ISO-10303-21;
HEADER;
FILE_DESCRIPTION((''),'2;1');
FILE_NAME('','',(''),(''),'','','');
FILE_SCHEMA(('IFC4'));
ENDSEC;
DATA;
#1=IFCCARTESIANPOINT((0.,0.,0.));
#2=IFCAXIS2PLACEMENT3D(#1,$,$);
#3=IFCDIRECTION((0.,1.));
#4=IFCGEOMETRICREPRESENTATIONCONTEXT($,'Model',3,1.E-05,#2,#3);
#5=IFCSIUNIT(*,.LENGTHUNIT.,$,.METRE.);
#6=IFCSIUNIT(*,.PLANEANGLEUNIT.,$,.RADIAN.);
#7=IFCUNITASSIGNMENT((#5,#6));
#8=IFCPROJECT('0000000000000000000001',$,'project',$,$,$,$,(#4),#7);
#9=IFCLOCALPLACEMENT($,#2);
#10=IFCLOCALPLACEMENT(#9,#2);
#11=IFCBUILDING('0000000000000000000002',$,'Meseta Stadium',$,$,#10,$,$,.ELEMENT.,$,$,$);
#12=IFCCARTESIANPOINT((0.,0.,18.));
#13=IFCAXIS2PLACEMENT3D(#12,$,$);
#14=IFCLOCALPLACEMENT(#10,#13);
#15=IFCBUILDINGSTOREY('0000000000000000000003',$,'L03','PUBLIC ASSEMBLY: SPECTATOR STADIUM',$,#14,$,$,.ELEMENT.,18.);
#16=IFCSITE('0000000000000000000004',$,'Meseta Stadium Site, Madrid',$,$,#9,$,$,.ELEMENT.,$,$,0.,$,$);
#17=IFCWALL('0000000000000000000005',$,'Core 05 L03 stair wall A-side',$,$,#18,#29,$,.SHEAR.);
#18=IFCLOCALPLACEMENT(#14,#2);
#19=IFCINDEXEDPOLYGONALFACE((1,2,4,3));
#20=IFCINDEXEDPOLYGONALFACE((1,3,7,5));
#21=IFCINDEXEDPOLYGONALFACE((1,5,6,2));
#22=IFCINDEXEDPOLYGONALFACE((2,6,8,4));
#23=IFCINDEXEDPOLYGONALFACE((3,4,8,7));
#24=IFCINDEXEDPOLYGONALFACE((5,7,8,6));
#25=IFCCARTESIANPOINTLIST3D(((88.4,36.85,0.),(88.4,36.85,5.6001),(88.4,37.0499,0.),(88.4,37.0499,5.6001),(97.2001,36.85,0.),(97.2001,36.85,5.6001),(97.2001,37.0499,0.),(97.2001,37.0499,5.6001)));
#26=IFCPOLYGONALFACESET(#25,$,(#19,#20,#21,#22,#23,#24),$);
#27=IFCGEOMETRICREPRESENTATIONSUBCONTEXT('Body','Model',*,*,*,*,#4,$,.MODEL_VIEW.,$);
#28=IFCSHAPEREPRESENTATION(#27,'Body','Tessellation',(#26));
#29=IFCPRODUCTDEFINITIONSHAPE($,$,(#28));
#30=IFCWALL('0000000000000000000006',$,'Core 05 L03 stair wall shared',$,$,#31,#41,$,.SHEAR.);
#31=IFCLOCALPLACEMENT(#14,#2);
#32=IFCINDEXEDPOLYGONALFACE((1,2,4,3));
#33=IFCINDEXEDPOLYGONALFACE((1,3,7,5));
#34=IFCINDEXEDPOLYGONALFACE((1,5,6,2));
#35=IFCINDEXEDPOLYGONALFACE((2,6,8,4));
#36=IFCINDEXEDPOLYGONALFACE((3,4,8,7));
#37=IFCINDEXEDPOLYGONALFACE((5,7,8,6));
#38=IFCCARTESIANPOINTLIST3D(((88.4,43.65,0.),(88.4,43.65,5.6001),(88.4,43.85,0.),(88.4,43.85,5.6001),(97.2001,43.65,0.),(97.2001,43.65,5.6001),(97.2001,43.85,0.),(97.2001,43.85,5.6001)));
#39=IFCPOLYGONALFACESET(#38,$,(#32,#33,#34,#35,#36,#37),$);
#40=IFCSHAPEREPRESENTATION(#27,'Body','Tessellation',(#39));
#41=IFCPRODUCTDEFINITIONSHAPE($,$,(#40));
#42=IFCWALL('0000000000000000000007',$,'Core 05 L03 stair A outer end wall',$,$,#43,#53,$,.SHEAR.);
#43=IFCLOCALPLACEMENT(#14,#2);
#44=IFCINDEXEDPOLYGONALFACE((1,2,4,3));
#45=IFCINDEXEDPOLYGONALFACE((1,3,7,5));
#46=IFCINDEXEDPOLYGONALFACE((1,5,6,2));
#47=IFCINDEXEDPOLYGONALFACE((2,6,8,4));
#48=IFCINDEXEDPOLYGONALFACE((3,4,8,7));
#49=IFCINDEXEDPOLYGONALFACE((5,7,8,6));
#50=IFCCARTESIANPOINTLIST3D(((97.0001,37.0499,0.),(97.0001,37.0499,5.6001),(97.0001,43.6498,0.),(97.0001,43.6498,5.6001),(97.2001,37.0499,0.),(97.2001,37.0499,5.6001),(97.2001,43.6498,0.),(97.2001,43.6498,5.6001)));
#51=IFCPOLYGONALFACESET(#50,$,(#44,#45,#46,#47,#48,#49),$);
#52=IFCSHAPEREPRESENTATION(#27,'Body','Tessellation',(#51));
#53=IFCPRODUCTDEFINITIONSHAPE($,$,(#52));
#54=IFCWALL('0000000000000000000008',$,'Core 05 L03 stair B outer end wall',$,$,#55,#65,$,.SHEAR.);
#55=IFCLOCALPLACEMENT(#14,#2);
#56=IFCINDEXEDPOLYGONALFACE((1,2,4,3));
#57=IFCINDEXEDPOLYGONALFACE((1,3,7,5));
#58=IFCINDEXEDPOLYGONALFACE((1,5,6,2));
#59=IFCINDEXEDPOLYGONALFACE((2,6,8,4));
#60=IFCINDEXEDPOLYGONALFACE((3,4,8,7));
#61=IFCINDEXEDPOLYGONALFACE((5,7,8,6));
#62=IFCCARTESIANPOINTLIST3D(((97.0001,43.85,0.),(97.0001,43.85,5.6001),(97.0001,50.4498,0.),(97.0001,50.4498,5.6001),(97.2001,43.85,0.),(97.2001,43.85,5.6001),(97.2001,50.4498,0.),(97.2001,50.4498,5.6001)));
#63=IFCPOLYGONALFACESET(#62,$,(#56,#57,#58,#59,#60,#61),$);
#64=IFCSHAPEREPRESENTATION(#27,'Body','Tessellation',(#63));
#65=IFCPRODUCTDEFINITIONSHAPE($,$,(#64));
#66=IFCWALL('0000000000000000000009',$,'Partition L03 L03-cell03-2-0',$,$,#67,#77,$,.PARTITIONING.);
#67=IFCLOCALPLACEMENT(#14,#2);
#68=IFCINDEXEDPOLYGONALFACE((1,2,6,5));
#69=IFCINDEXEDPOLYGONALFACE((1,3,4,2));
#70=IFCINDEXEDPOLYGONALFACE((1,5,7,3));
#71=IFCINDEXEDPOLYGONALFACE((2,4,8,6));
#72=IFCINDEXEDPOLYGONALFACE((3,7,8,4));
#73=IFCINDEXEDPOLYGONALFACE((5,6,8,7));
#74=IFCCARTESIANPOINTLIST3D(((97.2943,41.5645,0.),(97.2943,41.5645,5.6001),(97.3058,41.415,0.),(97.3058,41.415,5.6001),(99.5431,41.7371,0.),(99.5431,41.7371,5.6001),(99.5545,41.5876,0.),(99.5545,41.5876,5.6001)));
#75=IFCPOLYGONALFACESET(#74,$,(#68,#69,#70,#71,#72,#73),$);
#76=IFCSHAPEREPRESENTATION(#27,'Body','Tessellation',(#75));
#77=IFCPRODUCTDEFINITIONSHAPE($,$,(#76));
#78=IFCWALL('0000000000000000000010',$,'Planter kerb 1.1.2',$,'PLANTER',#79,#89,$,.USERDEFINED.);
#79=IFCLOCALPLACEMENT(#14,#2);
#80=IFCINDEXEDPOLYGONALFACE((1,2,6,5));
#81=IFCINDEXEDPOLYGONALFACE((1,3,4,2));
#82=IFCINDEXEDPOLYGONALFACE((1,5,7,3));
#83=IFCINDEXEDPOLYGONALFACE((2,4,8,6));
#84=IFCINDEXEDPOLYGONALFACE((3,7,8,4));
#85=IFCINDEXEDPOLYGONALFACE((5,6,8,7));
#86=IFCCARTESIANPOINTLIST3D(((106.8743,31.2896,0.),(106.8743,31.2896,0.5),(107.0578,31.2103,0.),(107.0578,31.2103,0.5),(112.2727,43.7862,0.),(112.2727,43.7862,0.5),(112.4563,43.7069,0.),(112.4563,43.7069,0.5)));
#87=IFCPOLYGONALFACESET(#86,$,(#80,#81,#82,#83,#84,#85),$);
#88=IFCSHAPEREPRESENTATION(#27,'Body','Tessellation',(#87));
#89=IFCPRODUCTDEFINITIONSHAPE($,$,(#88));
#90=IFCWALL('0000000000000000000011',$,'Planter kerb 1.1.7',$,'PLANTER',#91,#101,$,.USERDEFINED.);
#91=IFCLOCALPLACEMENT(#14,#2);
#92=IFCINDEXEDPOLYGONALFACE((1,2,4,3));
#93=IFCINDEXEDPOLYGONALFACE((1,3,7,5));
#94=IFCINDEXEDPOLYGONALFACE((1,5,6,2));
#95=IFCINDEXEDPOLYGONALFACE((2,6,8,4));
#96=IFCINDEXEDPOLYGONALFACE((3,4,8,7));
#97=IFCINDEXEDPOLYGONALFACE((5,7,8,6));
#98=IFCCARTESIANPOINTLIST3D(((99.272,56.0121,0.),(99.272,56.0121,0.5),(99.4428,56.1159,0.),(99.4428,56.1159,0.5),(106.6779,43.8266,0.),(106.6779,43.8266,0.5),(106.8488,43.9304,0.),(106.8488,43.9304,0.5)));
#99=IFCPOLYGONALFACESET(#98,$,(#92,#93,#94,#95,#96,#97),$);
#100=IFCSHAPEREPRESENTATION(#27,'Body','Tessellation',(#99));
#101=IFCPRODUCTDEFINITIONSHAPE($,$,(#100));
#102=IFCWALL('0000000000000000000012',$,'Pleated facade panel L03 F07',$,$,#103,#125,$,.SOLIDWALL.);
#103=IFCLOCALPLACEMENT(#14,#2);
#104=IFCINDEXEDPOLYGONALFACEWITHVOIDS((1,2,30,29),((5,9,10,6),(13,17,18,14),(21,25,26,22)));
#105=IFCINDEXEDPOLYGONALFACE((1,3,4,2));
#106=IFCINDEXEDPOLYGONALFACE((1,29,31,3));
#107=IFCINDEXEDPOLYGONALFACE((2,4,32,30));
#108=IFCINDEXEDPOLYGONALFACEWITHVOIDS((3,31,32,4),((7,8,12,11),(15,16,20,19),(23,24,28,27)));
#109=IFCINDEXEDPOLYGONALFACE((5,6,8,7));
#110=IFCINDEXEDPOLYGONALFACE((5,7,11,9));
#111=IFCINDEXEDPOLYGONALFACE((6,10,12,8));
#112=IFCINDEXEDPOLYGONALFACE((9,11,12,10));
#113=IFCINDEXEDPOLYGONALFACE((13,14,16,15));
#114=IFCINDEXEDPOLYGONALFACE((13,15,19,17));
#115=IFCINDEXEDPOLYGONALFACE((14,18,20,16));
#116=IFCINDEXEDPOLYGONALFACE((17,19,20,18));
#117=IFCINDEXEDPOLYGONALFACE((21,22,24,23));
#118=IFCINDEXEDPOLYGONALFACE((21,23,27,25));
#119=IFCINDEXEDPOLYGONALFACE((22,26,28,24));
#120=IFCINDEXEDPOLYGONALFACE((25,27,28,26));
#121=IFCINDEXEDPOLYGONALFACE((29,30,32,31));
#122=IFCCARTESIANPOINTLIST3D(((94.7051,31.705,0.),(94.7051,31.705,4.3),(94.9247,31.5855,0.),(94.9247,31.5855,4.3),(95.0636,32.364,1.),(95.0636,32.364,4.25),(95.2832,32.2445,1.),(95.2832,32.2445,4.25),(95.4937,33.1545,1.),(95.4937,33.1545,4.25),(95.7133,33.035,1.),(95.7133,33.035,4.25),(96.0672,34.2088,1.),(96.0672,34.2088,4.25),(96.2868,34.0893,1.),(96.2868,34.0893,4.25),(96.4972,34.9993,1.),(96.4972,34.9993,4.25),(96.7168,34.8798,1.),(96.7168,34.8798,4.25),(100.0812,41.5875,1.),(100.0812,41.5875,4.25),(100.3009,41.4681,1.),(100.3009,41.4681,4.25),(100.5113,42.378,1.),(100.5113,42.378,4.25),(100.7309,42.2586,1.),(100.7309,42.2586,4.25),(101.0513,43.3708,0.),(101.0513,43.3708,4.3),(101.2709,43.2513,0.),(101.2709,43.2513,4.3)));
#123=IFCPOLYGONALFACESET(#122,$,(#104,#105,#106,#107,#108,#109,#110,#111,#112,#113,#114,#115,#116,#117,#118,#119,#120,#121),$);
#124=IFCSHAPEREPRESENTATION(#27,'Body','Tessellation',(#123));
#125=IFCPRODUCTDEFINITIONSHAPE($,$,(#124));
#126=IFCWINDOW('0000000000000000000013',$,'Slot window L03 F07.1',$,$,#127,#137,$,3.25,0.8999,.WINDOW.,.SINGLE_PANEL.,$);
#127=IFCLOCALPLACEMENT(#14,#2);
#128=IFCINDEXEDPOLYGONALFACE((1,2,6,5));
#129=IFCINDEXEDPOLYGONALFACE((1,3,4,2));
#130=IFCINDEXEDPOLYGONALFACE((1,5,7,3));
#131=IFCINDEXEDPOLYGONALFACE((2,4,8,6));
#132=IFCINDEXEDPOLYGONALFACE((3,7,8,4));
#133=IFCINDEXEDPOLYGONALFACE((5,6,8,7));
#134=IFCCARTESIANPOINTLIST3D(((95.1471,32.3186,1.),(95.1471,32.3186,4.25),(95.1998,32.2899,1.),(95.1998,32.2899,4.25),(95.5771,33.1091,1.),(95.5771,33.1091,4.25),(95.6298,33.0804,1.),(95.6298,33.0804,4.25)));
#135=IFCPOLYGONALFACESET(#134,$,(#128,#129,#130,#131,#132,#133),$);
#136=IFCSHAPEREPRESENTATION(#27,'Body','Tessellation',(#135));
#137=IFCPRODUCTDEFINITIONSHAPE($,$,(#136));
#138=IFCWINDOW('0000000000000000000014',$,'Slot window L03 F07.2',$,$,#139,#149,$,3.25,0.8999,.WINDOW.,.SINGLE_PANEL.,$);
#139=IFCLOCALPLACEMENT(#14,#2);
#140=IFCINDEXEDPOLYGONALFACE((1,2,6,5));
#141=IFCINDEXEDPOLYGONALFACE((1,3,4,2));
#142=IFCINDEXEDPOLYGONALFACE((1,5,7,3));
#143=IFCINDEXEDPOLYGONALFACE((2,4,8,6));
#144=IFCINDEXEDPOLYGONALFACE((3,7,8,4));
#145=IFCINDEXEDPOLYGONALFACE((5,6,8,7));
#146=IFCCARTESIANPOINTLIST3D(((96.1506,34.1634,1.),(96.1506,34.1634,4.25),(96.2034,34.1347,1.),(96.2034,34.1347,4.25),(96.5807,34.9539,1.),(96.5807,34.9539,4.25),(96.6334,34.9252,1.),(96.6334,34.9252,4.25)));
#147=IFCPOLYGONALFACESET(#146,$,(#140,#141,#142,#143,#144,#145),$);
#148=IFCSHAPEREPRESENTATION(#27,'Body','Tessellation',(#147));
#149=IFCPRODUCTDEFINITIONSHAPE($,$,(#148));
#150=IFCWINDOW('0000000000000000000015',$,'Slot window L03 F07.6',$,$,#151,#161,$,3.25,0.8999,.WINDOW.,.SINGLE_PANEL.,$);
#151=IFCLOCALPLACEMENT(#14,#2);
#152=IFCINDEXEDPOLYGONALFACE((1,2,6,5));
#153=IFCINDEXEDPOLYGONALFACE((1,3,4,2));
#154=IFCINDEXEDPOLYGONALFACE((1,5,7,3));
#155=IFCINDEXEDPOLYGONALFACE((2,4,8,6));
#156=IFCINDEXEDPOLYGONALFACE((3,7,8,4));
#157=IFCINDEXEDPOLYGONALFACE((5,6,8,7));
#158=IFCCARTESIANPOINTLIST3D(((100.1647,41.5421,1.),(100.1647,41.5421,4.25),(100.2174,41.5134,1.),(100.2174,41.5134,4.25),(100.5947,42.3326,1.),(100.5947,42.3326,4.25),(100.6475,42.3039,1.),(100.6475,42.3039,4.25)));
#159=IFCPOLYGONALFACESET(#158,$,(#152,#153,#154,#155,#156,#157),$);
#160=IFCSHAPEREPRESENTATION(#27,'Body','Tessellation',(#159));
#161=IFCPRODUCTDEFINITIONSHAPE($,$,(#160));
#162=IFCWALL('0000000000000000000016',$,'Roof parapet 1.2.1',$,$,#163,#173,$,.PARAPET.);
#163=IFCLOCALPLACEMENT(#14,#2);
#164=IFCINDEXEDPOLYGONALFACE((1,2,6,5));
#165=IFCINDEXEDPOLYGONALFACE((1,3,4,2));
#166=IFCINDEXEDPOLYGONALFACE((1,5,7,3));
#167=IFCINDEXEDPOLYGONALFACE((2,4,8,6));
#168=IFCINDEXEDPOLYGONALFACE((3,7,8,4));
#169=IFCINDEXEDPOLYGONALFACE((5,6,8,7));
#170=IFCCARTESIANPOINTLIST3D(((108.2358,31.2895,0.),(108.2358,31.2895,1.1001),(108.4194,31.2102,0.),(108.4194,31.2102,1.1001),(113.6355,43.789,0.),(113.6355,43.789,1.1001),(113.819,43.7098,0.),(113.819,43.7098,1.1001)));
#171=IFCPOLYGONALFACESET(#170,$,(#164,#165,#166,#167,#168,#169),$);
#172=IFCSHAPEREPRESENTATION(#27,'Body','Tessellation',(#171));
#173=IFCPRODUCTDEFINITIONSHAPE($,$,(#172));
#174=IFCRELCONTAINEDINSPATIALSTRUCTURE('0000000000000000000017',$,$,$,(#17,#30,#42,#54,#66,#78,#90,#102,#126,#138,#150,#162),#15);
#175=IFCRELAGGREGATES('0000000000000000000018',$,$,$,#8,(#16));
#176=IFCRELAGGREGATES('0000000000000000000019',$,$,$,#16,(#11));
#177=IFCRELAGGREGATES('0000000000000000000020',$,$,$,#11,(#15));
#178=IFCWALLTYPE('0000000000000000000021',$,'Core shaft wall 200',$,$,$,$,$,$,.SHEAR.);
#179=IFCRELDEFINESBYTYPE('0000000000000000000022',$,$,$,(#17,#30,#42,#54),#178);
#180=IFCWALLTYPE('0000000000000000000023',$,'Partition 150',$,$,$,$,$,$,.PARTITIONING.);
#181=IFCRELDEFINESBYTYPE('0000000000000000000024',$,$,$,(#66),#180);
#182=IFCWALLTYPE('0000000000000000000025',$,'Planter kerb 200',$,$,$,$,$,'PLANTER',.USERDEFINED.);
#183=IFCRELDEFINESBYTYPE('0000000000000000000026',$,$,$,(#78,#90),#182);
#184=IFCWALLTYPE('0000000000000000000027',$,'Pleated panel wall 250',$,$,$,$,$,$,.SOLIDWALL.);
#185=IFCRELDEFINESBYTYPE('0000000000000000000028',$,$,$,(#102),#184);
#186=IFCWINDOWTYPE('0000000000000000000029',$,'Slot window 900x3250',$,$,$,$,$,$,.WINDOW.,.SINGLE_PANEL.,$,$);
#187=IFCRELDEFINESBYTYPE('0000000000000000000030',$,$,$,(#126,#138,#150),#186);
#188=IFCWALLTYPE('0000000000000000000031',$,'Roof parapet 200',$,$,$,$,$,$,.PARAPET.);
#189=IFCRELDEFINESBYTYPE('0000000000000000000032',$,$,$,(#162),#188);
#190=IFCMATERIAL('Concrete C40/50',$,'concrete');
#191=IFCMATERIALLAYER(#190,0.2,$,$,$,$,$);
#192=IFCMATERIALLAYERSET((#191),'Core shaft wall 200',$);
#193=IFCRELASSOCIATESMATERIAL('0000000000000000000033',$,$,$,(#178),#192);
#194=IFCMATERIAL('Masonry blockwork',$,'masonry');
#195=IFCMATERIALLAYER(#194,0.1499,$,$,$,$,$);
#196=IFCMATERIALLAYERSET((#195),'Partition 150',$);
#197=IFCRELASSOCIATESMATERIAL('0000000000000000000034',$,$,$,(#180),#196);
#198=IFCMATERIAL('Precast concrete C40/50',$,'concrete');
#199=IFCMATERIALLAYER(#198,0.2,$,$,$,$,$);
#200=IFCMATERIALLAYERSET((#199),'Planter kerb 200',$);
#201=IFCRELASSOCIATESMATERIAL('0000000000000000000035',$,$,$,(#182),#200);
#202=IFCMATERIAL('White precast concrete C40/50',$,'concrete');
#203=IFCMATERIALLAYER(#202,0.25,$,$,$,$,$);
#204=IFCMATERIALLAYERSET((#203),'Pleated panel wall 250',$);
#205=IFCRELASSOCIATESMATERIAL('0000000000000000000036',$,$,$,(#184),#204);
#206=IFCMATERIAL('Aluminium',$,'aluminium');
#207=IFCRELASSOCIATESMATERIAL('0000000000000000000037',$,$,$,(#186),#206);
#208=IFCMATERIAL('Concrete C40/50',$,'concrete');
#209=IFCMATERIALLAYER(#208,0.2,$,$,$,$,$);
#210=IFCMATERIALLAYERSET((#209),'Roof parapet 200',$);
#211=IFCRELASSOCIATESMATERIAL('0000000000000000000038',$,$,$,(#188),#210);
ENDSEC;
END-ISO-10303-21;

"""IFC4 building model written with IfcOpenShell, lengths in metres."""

from ifc_helpers import new_model, si_unit, direction, frame, frame_2d, origin, place, context, subcontext, project, spatial, rectangle, extrude, material, layer, layer_set, type_object, element, fill, save


model = new_model("IFC4")

# Units and contexts
model_context = context("Model", 3, precision=1e-05, world=origin(), true_north=direction((0.0, 1.0)))
body_context = subcontext(model_context, "Body", "Model", "MODEL_VIEW")
ifc_project = project(units=[si_unit("LENGTHUNIT", "METRE"), si_unit("PLANEANGLEUNIT", "RADIAN")], contexts=[model_context])

# Site, building, storey
site_placement = place(None, origin())
site = spatial("IfcSite", under=ifc_project, at=site_placement, Name="Meseta Stadium Site, Madrid", CompositionType="ELEMENT", RefElevation=0.0)
building_placement = place(site_placement, origin())
building = spatial("IfcBuilding", under=site, at=building_placement, Name="Meseta Stadium", CompositionType="ELEMENT")
storey_placement = place(building_placement, frame((0.0, 0.0, 18.0)))
storey = spatial("IfcBuildingStorey", under=building, at=storey_placement, Name="L03", Description="PUBLIC ASSEMBLY: SPECTATOR STADIUM", CompositionType="ELEMENT", Elevation=18.0)

# Walls
ifc_material_1 = material(Name="Concrete C40/50", Category="concrete")
ifc_layer_1 = layer(ifc_material_1, 0.2)
ifc_layer_set_1 = layer_set([ifc_layer_1], Name="Core shaft wall 200")
wall_type_1 = type_object("IfcWallType", Name="Core shaft wall 200", PredefinedType="SHEAR", material=ifc_layer_set_1)
for number, where, z_axis, x_axis, name in (
    (1, (97.2, 36.95, 0.0), (0.0, 0.0, 1.0), (-1.0, 0.0, 0.0), "Core 05 L03 stair wall A-side"),
    (2, (97.2, 43.75, 0.0), (0.0, 0.0, 1.0), (-1.0, 0.0, 0.0), "Core 05 L03 stair wall shared"),
):
    element("IfcWall", number, at=place(storey_placement, frame(where, z_axis=z_axis, x_axis=x_axis)), inside=storey, type_object=wall_type_1, Name=name, PredefinedType="SHEAR", context=body_context, shape_type="SweptSolid", body=[
        extrude(rectangle(XDim=8.8, YDim=0.2, at=frame_2d((4.3999, 0.0))), origin(), (0.0, 0.0, 1.0), 5.6001),
    ])
for number, where, z_axis, x_axis, name in (
    (3, (97.1001, 37.05, 0.0), (0.0, 0.0, 1.0), (0.0, 1.0, 0.0), "Core 05 L03 stair A outer end wall"),
    (4, (97.1001, 43.8501, 0.0), (0.0, 0.0, 1.0), (0.0, 1.0, 0.0), "Core 05 L03 stair B outer end wall"),
):
    element("IfcWall", number, at=place(storey_placement, frame(where, z_axis=z_axis, x_axis=x_axis)), inside=storey, type_object=wall_type_1, Name=name, PredefinedType="SHEAR", context=body_context, shape_type="SweptSolid", body=[
        extrude(rectangle(XDim=6.5999, YDim=0.2, at=frame_2d((3.2998, 0.0))), origin(), (0.0, 0.0, 1.0), 5.6001),
    ])
ifc_material_2 = material(Name="Masonry blockwork", Category="masonry")
ifc_layer_2 = layer(ifc_material_2, 0.1499)
ifc_layer_set_2 = layer_set([ifc_layer_2], Name="Partition 150")
wall_type_2 = type_object("IfcWallType", Name="Partition 150", PredefinedType="PARTITIONING", material=ifc_layer_set_2)
wall_1_placement = place(storey_placement, frame((97.3, 41.4897, 0.0), z_axis=(0.0, 0.0, 1.0), x_axis=(0.997067, 0.076531, 0.0)))
element("IfcWall", 5, at=wall_1_placement, inside=storey, type_object=wall_type_2, Name="Partition L03 L03-cell03-2-0", PredefinedType="PARTITIONING", context=body_context, shape_type="SweptSolid", body=[
    extrude(rectangle(XDim=2.2554, YDim=0.1499, at=frame_2d((1.1277, 0.0))), origin(), (0.0, 0.0, 1.0), 5.6001),
])
ifc_material_3 = material(Name="Precast concrete C40/50", Category="concrete")
ifc_layer_3 = layer(ifc_material_3, 0.2)
ifc_layer_set_3 = layer_set([ifc_layer_3], Name="Planter kerb 200")
wall_type_3 = type_object("IfcWallType", Name="Planter kerb 200", ElementType="PLANTER", PredefinedType="USERDEFINED", material=ifc_layer_set_3)
wall_2_placement = place(storey_placement, frame((112.3645, 43.7466, 0.0), z_axis=(0.0, 0.0, 1.0), x_axis=(-0.396571, -0.918004, 0.0)))
element("IfcWall", 6, at=wall_2_placement, inside=storey, type_object=wall_type_3, Name="Planter kerb 1.1.2", ObjectType="PLANTER", PredefinedType="USERDEFINED", context=body_context, shape_type="SweptSolid", body=[
    extrude(rectangle(XDim=13.6128, YDim=0.2, at=frame_2d((6.8064, 0.0))), origin(), (0.0, 0.0, 1.0), 0.5),
])
wall_3_placement = place(storey_placement, frame((106.7634, 43.8784, 0.0), z_axis=(0.0, 0.0, 1.0), x_axis=(-0.519369, 0.85455, 0.0)))
element("IfcWall", 7, at=wall_3_placement, inside=storey, type_object=wall_type_3, Name="Planter kerb 1.1.7", ObjectType="PLANTER", PredefinedType="USERDEFINED", context=body_context, shape_type="SweptSolid", body=[
    extrude(rectangle(XDim=14.2595, YDim=0.2, at=frame_2d((7.1299, 0.0))), origin(), (0.0, 0.0, 1.0), 0.5),
])

# Wall, openings, windows
ifc_material_4 = material(Name="White precast concrete C40/50", Category="concrete")
ifc_layer_4 = layer(ifc_material_4, 0.25)
ifc_layer_set_4 = layer_set([ifc_layer_4], Name="Pleated panel wall 250")
wall_type_4 = type_object("IfcWallType", Name="Pleated panel wall 250", PredefinedType="SOLIDWALL", material=ifc_layer_set_4)
wall_4_placement = place(storey_placement, frame((101.1611, 43.311, 0.0), z_axis=(0.0, 0.0, 1.0), x_axis=(-0.477868, -0.878432, 0.0)))
wall_4 = element("IfcWall", 8, at=wall_4_placement, inside=storey, type_object=wall_type_4, Name="Pleated facade panel L03 F07", PredefinedType="SOLIDWALL", context=body_context, shape_type="SweptSolid", body=[
    extrude(rectangle(XDim=13.2803, YDim=0.25, at=frame_2d((6.6401, 0.0))), origin(), (0.0, 0.0, 1.0), 4.3),
])
opening_1_placement = place(wall_4_placement, frame((11.6301, 0.0, 1.0)))
opening_1 = element("IfcOpeningElement", 9, at=opening_1_placement, cuts=wall_4, PredefinedType="OPENING", context=body_context, shape_type="SweptSolid", body=[
    extrude(rectangle(XDim=0.8999, YDim=3.25, at=frame_2d((0.45, 1.625))), frame((0.0, 0.135, 0.0), z_axis=(0.0, -1.0, 0.0), x_axis=(1.0, 0.0, 0.0)), (0.0, 0.0, 1.0), 0.27),
])
opening_2_placement = place(wall_4_placement, frame((9.53, 0.0, 1.0)))
opening_2 = element("IfcOpeningElement", 10, at=opening_2_placement, cuts=wall_4, PredefinedType="OPENING", context=body_context, shape_type="SweptSolid", body=[
    extrude(rectangle(XDim=0.8999, YDim=3.25, at=frame_2d((0.45, 1.625))), frame((0.0, 0.135, 0.0), z_axis=(0.0, -1.0, 0.0), x_axis=(1.0, 0.0, 0.0)), (0.0, 0.0, 1.0), 0.27),
])
opening_3_placement = place(wall_4_placement, frame((1.1301, 0.0, 1.0)))
opening_3 = element("IfcOpeningElement", 11, at=opening_3_placement, cuts=wall_4, PredefinedType="OPENING", context=body_context, shape_type="SweptSolid", body=[
    extrude(rectangle(XDim=0.8999, YDim=3.25, at=frame_2d((0.45, 1.625))), frame((0.0, 0.135, 0.0), z_axis=(0.0, -1.0, 0.0), x_axis=(1.0, 0.0, 0.0)), (0.0, 0.0, 1.0), 0.27),
])
ifc_material_5 = material(Name="Aluminium", Category="aluminium")
window_type = type_object("IfcWindowType", Name="Slot window 900x3250", PartitioningType="SINGLE_PANEL", PredefinedType="WINDOW", material=ifc_material_5)
window_1_placement = place(opening_1_placement, origin())
window_1 = element("IfcWindow", 12, at=window_1_placement, inside=storey, type_object=window_type, Name="Slot window L03 F07.1", OverallHeight=3.25, OverallWidth=0.8999, PartitioningType="SINGLE_PANEL", PredefinedType="WINDOW", context=body_context, shape_type="SweptSolid", body=[
    extrude(rectangle(XDim=0.8999, YDim=3.25, at=frame_2d((0.45, 1.625))), frame((0.0, 0.03, 0.0), z_axis=(0.0, -1.0, 0.0), x_axis=(1.0, 0.0, 0.0)), (0.0, 0.0, 1.0), 0.0601),
])
fill(opening_1, window_1)
window_2_placement = place(opening_2_placement, origin())
window_2 = element("IfcWindow", 13, at=window_2_placement, inside=storey, type_object=window_type, Name="Slot window L03 F07.2", OverallHeight=3.25, OverallWidth=0.8999, PartitioningType="SINGLE_PANEL", PredefinedType="WINDOW", context=body_context, shape_type="SweptSolid", body=[
    extrude(rectangle(XDim=0.8999, YDim=3.25, at=frame_2d((0.45, 1.625))), frame((0.0, 0.03, 0.0), z_axis=(0.0, -1.0, 0.0), x_axis=(1.0, 0.0, 0.0)), (0.0, 0.0, 1.0), 0.0601),
])
fill(opening_2, window_2)
window_3_placement = place(opening_3_placement, origin())
window_3 = element("IfcWindow", 14, at=window_3_placement, inside=storey, type_object=window_type, Name="Slot window L03 F07.6", OverallHeight=3.25, OverallWidth=0.8999, PartitioningType="SINGLE_PANEL", PredefinedType="WINDOW", context=body_context, shape_type="SweptSolid", body=[
    extrude(rectangle(XDim=0.8999, YDim=3.25, at=frame_2d((0.45, 1.625))), frame((0.0, 0.03, 0.0), z_axis=(0.0, -1.0, 0.0), x_axis=(1.0, 0.0, 0.0)), (0.0, 0.0, 1.0), 0.0601),
])
fill(opening_3, window_3)

# Wall
ifc_material_6 = material(Name="Concrete C40/50", Category="concrete")
ifc_layer_5 = layer(ifc_material_6, 0.2)
ifc_layer_set_5 = layer_set([ifc_layer_5], Name="Roof parapet 200")
wall_type_5 = type_object("IfcWallType", Name="Roof parapet 200", PredefinedType="PARAPET", material=ifc_layer_set_5)
wall_5_placement = place(storey_placement, frame((113.7273, 43.7495, 0.0), z_axis=(0.0, 0.0, 1.0), x_axis=(-0.396569, -0.918005, 0.0)))
element("IfcWall", 15, at=wall_5_placement, inside=storey, type_object=wall_type_5, Name="Roof parapet 1.2.1", PredefinedType="PARAPET", context=body_context, shape_type="SweptSolid", body=[
    extrude(rectangle(XDim=13.616, YDim=0.2, at=frame_2d((6.8081, 0.0))), origin(), (0.0, 0.0, 1.0), 1.1001),
])

save(model, "model.ifc")
